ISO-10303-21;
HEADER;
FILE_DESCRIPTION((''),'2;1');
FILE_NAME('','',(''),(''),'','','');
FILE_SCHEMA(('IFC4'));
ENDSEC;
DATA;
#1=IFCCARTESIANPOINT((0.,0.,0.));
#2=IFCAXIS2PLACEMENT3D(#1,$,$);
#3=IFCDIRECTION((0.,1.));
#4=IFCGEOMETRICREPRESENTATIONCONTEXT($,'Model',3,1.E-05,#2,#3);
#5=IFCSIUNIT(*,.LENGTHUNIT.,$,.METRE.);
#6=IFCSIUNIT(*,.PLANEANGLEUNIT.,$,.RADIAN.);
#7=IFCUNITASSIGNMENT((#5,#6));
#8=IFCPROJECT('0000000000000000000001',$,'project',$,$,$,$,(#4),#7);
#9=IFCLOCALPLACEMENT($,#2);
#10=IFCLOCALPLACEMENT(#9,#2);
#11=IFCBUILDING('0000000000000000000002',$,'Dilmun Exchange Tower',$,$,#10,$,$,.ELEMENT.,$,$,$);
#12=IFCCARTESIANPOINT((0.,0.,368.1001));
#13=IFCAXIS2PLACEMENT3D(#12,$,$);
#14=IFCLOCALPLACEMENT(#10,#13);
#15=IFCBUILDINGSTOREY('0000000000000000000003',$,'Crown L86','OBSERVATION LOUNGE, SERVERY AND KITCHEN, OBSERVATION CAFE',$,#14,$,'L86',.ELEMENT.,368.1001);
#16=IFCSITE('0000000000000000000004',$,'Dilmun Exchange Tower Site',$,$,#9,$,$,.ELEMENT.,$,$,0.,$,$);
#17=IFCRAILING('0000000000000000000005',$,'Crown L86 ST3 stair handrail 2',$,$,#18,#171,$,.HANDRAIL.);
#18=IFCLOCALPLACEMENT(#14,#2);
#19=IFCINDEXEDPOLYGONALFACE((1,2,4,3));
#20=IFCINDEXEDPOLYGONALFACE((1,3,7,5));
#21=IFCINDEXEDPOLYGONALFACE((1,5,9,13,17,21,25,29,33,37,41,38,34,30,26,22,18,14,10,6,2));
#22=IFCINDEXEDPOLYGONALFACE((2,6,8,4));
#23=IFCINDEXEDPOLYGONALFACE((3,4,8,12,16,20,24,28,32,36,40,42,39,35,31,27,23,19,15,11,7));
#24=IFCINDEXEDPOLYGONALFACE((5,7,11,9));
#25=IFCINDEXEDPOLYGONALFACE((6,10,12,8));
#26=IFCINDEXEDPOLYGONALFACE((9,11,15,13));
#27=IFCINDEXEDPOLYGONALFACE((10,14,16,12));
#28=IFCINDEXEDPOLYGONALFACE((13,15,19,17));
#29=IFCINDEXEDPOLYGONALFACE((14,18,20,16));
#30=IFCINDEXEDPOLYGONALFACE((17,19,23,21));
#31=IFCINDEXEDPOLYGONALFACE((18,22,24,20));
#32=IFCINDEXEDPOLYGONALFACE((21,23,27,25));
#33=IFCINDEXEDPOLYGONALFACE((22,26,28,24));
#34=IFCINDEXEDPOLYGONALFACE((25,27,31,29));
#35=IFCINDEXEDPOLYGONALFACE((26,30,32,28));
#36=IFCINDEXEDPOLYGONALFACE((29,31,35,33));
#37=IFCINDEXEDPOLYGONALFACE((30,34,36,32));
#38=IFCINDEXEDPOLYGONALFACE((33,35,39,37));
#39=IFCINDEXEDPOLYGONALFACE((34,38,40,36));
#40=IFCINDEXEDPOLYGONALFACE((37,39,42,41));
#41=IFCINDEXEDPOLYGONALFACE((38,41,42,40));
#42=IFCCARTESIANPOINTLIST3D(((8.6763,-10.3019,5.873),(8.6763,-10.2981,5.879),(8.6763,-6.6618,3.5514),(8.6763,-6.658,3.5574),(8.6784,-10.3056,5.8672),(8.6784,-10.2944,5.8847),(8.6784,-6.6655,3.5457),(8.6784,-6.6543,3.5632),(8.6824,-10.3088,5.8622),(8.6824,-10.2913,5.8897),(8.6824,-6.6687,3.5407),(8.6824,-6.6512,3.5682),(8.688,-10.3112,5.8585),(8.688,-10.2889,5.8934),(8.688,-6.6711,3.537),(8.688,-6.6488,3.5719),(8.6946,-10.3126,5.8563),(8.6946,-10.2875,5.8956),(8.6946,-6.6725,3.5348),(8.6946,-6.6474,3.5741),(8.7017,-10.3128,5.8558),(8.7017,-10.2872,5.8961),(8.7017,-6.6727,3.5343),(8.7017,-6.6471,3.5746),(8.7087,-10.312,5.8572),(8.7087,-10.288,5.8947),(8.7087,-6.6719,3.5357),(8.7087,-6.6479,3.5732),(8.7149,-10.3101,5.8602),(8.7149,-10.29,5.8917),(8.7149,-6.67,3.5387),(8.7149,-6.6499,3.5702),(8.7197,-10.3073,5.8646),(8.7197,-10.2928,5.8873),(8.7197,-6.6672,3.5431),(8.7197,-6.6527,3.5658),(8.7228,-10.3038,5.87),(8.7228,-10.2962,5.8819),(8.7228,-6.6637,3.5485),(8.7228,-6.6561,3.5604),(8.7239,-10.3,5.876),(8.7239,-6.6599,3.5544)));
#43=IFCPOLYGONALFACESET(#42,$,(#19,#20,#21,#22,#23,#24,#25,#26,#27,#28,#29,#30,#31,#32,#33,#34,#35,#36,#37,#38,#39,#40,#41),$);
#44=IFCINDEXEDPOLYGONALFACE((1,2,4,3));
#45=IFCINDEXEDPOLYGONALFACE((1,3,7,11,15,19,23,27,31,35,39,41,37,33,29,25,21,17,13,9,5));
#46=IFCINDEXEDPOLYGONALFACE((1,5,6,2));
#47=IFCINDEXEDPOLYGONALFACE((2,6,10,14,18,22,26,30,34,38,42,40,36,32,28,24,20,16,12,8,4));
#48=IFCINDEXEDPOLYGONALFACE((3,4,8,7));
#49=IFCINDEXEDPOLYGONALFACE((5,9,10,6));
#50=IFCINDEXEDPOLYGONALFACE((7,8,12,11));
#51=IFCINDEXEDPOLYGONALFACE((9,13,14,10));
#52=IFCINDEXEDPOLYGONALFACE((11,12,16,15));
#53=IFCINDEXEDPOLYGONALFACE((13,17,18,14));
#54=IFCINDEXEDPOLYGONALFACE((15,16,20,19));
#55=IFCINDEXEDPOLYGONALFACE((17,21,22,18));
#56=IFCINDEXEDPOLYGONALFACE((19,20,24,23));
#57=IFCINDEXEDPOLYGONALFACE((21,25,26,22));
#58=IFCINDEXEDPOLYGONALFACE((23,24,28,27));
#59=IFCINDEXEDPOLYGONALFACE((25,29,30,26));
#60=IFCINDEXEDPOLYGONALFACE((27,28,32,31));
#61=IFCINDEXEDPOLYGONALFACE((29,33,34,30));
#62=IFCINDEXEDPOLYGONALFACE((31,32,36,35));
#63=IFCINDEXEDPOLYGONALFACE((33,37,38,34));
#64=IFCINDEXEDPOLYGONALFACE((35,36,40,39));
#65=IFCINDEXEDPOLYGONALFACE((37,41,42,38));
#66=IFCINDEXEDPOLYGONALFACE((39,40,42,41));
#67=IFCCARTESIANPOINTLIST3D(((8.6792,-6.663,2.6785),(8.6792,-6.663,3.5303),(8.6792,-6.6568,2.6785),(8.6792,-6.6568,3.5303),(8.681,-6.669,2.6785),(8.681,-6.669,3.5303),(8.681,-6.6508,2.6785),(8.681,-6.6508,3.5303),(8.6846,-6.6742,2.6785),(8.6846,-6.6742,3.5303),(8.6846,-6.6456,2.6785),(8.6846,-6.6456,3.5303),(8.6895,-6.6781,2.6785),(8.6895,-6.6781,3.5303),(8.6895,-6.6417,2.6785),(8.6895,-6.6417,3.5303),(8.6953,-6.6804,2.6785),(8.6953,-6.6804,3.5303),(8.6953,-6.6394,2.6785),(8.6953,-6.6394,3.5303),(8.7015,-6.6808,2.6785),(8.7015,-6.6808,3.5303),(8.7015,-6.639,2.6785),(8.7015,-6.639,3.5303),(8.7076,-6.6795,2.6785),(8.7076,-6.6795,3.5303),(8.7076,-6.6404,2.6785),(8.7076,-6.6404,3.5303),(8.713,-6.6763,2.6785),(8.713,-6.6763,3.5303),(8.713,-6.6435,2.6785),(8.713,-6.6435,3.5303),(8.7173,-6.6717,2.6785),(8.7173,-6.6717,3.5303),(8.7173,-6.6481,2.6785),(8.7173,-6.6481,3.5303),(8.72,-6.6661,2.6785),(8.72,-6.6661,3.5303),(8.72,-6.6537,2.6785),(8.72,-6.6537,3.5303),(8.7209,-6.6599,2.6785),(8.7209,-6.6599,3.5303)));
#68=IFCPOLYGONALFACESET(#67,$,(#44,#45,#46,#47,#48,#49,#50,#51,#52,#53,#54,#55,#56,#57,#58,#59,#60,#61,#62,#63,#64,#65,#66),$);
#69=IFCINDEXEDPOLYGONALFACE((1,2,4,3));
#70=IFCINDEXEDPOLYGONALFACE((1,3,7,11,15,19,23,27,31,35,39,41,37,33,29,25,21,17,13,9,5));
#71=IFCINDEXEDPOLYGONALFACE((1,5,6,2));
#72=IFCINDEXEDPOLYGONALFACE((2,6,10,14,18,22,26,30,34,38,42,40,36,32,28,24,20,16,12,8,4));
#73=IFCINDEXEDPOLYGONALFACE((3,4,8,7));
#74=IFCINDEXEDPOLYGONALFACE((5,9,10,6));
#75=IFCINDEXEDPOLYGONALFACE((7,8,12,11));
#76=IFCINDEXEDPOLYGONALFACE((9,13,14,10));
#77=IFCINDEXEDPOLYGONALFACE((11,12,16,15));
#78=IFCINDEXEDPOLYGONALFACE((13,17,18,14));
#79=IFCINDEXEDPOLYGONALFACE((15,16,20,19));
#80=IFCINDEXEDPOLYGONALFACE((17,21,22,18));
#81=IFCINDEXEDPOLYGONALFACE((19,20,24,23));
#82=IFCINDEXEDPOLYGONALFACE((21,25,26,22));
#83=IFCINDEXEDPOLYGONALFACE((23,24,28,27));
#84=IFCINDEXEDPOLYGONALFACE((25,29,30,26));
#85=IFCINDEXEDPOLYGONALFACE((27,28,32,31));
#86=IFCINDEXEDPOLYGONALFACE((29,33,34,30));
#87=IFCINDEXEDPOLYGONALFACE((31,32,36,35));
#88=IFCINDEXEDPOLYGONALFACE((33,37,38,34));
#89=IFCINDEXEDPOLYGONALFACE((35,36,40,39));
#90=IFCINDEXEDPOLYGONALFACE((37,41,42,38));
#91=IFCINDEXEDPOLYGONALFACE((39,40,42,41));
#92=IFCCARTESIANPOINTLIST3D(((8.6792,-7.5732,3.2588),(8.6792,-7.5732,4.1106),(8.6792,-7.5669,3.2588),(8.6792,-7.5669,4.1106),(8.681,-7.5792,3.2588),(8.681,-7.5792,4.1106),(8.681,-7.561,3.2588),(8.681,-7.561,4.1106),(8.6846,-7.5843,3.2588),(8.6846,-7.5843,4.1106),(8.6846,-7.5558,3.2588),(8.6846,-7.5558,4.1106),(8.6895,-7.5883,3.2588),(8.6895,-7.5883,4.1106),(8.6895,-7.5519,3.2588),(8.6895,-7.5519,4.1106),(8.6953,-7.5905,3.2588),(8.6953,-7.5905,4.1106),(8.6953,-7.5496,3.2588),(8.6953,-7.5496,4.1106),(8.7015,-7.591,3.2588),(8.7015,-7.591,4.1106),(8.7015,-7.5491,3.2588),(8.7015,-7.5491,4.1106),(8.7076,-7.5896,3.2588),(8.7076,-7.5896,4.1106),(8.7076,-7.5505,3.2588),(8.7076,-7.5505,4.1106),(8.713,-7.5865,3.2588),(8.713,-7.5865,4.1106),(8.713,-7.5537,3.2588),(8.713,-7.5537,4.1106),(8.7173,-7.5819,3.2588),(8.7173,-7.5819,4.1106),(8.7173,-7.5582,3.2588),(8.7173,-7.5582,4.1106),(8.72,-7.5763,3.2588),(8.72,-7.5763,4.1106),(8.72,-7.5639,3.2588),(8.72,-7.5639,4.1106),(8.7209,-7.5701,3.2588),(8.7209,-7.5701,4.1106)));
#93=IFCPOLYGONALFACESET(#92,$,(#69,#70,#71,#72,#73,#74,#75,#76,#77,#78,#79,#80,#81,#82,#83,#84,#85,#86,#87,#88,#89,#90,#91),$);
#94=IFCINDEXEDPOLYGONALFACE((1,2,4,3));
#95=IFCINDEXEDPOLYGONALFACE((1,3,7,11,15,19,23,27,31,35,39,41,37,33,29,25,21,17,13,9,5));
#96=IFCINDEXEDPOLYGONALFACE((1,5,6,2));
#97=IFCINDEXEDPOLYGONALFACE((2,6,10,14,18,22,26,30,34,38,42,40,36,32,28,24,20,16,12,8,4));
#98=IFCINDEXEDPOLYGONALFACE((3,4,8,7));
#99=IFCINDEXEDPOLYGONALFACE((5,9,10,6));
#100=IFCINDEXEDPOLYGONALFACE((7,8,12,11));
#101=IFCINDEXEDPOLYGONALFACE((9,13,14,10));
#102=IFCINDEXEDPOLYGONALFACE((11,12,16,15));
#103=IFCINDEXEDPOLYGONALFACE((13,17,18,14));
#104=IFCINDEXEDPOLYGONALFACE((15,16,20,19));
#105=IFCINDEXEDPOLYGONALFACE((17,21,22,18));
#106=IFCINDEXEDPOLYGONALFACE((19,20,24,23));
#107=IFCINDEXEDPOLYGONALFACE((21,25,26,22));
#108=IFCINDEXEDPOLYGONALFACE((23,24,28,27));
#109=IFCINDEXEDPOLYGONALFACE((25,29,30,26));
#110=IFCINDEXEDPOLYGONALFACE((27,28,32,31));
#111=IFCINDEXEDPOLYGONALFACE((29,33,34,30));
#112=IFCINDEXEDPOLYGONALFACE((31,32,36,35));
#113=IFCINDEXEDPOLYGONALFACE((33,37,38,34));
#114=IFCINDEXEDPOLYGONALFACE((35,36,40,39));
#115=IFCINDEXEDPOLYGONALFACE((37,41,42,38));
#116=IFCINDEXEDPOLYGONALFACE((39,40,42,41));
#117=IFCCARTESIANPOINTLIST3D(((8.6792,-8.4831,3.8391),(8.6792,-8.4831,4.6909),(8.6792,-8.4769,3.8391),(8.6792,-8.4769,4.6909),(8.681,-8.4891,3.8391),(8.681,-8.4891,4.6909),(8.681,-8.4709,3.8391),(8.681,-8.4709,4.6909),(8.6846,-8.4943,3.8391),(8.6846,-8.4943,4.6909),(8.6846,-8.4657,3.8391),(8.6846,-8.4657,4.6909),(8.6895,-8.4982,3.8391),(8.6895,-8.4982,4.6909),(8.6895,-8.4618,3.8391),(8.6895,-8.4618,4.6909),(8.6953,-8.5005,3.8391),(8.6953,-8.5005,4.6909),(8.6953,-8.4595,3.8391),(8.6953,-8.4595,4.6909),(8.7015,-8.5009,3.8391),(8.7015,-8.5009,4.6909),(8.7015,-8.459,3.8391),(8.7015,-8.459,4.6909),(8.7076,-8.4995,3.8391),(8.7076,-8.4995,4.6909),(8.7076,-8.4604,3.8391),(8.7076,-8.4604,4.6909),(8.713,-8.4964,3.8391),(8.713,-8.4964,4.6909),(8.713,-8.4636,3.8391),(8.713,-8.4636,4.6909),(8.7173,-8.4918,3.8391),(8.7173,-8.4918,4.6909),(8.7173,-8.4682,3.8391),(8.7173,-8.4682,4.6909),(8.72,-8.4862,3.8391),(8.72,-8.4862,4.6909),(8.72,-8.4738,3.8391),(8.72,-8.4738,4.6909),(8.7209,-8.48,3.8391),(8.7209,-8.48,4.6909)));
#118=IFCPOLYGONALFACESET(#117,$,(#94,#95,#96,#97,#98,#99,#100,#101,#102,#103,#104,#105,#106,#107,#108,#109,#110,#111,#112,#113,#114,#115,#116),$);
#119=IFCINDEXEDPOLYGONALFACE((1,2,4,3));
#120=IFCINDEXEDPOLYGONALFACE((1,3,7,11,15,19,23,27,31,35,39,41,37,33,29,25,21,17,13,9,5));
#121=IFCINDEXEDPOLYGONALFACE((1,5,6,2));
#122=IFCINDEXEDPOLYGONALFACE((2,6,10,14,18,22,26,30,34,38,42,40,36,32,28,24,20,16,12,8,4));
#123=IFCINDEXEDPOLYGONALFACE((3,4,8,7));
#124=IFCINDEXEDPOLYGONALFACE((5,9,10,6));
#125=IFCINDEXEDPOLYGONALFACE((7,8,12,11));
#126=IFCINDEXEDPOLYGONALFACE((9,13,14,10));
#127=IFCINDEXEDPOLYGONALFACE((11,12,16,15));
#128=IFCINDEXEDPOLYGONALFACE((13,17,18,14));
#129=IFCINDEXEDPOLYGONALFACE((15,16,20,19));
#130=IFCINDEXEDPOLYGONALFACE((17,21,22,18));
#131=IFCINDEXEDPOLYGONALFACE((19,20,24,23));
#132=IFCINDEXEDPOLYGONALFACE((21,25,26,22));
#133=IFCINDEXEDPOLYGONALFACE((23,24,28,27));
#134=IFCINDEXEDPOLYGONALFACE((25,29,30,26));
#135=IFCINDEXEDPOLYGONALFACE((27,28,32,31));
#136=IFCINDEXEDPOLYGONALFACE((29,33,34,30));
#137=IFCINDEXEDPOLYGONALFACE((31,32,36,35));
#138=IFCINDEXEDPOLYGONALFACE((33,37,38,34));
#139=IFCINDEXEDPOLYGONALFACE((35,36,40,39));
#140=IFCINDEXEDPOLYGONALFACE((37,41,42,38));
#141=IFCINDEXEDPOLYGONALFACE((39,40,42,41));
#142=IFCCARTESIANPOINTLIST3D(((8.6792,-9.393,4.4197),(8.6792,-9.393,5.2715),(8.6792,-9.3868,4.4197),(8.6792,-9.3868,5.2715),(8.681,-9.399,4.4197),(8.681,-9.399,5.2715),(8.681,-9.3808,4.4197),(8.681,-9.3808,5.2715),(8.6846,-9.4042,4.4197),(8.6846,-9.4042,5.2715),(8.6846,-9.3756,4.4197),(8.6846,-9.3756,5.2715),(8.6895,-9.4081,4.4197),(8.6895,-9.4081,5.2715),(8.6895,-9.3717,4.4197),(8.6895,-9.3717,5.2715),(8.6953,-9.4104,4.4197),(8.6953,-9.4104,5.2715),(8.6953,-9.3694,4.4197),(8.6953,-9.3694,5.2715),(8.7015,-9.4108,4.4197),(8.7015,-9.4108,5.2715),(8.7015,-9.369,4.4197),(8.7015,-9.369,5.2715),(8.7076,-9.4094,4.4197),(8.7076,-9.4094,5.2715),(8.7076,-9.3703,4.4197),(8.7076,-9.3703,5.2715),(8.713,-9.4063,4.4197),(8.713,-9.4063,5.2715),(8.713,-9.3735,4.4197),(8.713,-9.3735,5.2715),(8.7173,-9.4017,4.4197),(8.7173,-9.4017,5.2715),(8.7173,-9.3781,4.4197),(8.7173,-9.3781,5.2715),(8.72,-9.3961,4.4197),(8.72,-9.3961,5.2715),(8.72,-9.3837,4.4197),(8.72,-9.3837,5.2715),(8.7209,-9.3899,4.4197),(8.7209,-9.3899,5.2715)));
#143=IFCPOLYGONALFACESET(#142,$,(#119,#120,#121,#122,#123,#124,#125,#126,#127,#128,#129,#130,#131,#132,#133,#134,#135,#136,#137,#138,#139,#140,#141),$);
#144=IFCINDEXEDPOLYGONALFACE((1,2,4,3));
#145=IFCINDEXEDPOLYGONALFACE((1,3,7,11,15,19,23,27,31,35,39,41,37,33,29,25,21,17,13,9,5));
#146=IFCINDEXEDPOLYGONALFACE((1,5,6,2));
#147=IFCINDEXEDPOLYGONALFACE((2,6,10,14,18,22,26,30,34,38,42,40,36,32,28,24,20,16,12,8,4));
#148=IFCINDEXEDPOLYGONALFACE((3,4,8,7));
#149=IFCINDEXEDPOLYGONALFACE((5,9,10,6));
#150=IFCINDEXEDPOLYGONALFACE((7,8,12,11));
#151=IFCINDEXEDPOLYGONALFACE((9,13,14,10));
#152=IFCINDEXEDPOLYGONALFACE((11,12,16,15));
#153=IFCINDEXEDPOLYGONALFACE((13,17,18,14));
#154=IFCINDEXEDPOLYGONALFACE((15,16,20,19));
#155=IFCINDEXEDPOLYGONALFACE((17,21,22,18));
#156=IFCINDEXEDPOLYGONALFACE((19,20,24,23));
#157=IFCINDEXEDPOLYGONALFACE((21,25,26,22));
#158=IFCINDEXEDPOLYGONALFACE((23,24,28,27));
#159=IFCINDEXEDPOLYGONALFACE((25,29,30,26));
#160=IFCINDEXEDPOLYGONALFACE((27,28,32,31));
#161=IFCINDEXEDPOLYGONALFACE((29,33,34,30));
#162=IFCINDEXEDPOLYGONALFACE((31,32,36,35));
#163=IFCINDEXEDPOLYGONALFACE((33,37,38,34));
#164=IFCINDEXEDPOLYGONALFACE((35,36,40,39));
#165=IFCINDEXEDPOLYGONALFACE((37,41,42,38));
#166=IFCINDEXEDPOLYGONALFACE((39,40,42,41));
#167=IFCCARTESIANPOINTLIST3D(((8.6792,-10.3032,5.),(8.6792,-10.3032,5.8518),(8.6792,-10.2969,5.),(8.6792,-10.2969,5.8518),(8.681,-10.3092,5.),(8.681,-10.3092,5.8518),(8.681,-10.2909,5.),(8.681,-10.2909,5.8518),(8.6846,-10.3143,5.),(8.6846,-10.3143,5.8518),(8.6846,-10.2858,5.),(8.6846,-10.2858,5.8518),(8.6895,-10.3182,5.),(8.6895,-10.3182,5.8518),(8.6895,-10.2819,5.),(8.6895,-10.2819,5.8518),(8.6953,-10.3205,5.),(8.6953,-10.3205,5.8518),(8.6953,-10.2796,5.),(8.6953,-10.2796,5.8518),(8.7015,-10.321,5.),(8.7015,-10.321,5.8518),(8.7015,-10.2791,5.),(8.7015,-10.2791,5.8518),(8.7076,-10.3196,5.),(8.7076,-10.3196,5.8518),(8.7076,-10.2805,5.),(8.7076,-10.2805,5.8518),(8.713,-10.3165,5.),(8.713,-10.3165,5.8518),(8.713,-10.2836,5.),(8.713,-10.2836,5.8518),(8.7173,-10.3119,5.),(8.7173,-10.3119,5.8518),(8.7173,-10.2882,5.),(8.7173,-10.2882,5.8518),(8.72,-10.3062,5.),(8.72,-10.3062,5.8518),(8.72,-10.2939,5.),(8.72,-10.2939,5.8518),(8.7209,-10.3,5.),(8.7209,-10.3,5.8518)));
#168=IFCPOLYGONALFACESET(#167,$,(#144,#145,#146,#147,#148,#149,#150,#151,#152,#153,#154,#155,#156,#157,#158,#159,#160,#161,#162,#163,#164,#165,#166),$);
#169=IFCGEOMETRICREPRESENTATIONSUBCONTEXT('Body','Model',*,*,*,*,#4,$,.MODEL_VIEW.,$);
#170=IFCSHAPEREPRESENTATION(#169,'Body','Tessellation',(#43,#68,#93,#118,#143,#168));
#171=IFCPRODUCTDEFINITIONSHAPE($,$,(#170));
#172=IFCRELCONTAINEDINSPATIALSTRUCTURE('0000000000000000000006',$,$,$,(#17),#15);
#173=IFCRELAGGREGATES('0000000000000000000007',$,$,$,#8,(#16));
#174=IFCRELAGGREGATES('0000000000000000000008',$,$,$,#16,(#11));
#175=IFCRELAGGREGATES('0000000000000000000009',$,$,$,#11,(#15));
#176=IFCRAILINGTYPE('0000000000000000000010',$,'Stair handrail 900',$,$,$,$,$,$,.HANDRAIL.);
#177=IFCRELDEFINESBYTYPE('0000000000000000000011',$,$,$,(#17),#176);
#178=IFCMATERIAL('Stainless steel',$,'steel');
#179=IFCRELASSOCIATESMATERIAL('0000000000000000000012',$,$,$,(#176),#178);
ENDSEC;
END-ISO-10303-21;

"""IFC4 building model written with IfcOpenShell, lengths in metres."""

from ifc_helpers import new_model, si_unit, direction, frame, origin, origin_2d, place, context, subcontext, project, spatial, circle, extrude, material, type_object, element, save


model = new_model("IFC4")

# Units and contexts
model_context = context("Model", 3, precision=1e-05, world=origin(), true_north=direction((0.0, 1.0)))
body_context = subcontext(model_context, "Body", "Model", "MODEL_VIEW")
ifc_project = project(units=[si_unit("LENGTHUNIT", "METRE"), si_unit("PLANEANGLEUNIT", "RADIAN")], contexts=[model_context])

# Site, building, storey
site_placement = place(None, origin())
site = spatial("IfcSite", under=ifc_project, at=site_placement, Name="Dilmun Exchange Tower Site", CompositionType="ELEMENT", RefElevation=0.0)
building_placement = place(site_placement, origin())
building = spatial("IfcBuilding", under=site, at=building_placement, Name="Dilmun Exchange Tower", CompositionType="ELEMENT")
storey_placement = place(building_placement, frame((0.0, 0.0, 368.1001)))
storey = spatial("IfcBuildingStorey", under=building, at=storey_placement, Name="Crown L86", Description="OBSERVATION LOUNGE, SERVERY AND KITCHEN, OBSERVATION CAFE", LongName="L86", CompositionType="ELEMENT", Elevation=368.1001)

# Railing
ifc_material_1 = material(Name="Stainless steel", Category="steel")
railing_type = type_object("IfcRailingType", Name="Stair handrail 900", PredefinedType="HANDRAIL", material=ifc_material_1)
railing_1_placement = place(storey_placement, frame((8.7, -6.6599, 2.6785)))
element("IfcRailing", 1, at=railing_1_placement, inside=storey, type_object=railing_type, Name="Crown L86 ST3 stair handrail 2", PredefinedType="HANDRAIL", context=body_context, shape_type="SweptSolid", body=[
    extrude(circle(Radius=0.0239, at=origin_2d()), frame((0.0, 0.0, 0.876), z_axis=(0.0, -0.843128, 0.537713), x_axis=(1.0, 0.0, 0.0)), (0.0, 0.0, 1.0), 4.3174),
    extrude(circle(Radius=0.021, at=origin_2d()), origin(), (0.0, 0.0, 1.0), 0.8518),
    extrude(circle(Radius=0.021, at=origin_2d()), frame((0.0, -0.9102, 0.5803)), (0.0, 0.0, 1.0), 0.8518),
    extrude(circle(Radius=0.021, at=origin_2d()), frame((0.0, -1.8201, 1.1606)), (0.0, 0.0, 1.0), 0.8518),
    extrude(circle(Radius=0.021, at=origin_2d()), frame((0.0, -2.73, 1.7412)), (0.0, 0.0, 1.0), 0.8518),
    extrude(circle(Radius=0.021, at=origin_2d()), frame((0.0, -3.6401, 2.3215)), (0.0, 0.0, 1.0), 0.8518),
])

save(model, "model.ifc")
